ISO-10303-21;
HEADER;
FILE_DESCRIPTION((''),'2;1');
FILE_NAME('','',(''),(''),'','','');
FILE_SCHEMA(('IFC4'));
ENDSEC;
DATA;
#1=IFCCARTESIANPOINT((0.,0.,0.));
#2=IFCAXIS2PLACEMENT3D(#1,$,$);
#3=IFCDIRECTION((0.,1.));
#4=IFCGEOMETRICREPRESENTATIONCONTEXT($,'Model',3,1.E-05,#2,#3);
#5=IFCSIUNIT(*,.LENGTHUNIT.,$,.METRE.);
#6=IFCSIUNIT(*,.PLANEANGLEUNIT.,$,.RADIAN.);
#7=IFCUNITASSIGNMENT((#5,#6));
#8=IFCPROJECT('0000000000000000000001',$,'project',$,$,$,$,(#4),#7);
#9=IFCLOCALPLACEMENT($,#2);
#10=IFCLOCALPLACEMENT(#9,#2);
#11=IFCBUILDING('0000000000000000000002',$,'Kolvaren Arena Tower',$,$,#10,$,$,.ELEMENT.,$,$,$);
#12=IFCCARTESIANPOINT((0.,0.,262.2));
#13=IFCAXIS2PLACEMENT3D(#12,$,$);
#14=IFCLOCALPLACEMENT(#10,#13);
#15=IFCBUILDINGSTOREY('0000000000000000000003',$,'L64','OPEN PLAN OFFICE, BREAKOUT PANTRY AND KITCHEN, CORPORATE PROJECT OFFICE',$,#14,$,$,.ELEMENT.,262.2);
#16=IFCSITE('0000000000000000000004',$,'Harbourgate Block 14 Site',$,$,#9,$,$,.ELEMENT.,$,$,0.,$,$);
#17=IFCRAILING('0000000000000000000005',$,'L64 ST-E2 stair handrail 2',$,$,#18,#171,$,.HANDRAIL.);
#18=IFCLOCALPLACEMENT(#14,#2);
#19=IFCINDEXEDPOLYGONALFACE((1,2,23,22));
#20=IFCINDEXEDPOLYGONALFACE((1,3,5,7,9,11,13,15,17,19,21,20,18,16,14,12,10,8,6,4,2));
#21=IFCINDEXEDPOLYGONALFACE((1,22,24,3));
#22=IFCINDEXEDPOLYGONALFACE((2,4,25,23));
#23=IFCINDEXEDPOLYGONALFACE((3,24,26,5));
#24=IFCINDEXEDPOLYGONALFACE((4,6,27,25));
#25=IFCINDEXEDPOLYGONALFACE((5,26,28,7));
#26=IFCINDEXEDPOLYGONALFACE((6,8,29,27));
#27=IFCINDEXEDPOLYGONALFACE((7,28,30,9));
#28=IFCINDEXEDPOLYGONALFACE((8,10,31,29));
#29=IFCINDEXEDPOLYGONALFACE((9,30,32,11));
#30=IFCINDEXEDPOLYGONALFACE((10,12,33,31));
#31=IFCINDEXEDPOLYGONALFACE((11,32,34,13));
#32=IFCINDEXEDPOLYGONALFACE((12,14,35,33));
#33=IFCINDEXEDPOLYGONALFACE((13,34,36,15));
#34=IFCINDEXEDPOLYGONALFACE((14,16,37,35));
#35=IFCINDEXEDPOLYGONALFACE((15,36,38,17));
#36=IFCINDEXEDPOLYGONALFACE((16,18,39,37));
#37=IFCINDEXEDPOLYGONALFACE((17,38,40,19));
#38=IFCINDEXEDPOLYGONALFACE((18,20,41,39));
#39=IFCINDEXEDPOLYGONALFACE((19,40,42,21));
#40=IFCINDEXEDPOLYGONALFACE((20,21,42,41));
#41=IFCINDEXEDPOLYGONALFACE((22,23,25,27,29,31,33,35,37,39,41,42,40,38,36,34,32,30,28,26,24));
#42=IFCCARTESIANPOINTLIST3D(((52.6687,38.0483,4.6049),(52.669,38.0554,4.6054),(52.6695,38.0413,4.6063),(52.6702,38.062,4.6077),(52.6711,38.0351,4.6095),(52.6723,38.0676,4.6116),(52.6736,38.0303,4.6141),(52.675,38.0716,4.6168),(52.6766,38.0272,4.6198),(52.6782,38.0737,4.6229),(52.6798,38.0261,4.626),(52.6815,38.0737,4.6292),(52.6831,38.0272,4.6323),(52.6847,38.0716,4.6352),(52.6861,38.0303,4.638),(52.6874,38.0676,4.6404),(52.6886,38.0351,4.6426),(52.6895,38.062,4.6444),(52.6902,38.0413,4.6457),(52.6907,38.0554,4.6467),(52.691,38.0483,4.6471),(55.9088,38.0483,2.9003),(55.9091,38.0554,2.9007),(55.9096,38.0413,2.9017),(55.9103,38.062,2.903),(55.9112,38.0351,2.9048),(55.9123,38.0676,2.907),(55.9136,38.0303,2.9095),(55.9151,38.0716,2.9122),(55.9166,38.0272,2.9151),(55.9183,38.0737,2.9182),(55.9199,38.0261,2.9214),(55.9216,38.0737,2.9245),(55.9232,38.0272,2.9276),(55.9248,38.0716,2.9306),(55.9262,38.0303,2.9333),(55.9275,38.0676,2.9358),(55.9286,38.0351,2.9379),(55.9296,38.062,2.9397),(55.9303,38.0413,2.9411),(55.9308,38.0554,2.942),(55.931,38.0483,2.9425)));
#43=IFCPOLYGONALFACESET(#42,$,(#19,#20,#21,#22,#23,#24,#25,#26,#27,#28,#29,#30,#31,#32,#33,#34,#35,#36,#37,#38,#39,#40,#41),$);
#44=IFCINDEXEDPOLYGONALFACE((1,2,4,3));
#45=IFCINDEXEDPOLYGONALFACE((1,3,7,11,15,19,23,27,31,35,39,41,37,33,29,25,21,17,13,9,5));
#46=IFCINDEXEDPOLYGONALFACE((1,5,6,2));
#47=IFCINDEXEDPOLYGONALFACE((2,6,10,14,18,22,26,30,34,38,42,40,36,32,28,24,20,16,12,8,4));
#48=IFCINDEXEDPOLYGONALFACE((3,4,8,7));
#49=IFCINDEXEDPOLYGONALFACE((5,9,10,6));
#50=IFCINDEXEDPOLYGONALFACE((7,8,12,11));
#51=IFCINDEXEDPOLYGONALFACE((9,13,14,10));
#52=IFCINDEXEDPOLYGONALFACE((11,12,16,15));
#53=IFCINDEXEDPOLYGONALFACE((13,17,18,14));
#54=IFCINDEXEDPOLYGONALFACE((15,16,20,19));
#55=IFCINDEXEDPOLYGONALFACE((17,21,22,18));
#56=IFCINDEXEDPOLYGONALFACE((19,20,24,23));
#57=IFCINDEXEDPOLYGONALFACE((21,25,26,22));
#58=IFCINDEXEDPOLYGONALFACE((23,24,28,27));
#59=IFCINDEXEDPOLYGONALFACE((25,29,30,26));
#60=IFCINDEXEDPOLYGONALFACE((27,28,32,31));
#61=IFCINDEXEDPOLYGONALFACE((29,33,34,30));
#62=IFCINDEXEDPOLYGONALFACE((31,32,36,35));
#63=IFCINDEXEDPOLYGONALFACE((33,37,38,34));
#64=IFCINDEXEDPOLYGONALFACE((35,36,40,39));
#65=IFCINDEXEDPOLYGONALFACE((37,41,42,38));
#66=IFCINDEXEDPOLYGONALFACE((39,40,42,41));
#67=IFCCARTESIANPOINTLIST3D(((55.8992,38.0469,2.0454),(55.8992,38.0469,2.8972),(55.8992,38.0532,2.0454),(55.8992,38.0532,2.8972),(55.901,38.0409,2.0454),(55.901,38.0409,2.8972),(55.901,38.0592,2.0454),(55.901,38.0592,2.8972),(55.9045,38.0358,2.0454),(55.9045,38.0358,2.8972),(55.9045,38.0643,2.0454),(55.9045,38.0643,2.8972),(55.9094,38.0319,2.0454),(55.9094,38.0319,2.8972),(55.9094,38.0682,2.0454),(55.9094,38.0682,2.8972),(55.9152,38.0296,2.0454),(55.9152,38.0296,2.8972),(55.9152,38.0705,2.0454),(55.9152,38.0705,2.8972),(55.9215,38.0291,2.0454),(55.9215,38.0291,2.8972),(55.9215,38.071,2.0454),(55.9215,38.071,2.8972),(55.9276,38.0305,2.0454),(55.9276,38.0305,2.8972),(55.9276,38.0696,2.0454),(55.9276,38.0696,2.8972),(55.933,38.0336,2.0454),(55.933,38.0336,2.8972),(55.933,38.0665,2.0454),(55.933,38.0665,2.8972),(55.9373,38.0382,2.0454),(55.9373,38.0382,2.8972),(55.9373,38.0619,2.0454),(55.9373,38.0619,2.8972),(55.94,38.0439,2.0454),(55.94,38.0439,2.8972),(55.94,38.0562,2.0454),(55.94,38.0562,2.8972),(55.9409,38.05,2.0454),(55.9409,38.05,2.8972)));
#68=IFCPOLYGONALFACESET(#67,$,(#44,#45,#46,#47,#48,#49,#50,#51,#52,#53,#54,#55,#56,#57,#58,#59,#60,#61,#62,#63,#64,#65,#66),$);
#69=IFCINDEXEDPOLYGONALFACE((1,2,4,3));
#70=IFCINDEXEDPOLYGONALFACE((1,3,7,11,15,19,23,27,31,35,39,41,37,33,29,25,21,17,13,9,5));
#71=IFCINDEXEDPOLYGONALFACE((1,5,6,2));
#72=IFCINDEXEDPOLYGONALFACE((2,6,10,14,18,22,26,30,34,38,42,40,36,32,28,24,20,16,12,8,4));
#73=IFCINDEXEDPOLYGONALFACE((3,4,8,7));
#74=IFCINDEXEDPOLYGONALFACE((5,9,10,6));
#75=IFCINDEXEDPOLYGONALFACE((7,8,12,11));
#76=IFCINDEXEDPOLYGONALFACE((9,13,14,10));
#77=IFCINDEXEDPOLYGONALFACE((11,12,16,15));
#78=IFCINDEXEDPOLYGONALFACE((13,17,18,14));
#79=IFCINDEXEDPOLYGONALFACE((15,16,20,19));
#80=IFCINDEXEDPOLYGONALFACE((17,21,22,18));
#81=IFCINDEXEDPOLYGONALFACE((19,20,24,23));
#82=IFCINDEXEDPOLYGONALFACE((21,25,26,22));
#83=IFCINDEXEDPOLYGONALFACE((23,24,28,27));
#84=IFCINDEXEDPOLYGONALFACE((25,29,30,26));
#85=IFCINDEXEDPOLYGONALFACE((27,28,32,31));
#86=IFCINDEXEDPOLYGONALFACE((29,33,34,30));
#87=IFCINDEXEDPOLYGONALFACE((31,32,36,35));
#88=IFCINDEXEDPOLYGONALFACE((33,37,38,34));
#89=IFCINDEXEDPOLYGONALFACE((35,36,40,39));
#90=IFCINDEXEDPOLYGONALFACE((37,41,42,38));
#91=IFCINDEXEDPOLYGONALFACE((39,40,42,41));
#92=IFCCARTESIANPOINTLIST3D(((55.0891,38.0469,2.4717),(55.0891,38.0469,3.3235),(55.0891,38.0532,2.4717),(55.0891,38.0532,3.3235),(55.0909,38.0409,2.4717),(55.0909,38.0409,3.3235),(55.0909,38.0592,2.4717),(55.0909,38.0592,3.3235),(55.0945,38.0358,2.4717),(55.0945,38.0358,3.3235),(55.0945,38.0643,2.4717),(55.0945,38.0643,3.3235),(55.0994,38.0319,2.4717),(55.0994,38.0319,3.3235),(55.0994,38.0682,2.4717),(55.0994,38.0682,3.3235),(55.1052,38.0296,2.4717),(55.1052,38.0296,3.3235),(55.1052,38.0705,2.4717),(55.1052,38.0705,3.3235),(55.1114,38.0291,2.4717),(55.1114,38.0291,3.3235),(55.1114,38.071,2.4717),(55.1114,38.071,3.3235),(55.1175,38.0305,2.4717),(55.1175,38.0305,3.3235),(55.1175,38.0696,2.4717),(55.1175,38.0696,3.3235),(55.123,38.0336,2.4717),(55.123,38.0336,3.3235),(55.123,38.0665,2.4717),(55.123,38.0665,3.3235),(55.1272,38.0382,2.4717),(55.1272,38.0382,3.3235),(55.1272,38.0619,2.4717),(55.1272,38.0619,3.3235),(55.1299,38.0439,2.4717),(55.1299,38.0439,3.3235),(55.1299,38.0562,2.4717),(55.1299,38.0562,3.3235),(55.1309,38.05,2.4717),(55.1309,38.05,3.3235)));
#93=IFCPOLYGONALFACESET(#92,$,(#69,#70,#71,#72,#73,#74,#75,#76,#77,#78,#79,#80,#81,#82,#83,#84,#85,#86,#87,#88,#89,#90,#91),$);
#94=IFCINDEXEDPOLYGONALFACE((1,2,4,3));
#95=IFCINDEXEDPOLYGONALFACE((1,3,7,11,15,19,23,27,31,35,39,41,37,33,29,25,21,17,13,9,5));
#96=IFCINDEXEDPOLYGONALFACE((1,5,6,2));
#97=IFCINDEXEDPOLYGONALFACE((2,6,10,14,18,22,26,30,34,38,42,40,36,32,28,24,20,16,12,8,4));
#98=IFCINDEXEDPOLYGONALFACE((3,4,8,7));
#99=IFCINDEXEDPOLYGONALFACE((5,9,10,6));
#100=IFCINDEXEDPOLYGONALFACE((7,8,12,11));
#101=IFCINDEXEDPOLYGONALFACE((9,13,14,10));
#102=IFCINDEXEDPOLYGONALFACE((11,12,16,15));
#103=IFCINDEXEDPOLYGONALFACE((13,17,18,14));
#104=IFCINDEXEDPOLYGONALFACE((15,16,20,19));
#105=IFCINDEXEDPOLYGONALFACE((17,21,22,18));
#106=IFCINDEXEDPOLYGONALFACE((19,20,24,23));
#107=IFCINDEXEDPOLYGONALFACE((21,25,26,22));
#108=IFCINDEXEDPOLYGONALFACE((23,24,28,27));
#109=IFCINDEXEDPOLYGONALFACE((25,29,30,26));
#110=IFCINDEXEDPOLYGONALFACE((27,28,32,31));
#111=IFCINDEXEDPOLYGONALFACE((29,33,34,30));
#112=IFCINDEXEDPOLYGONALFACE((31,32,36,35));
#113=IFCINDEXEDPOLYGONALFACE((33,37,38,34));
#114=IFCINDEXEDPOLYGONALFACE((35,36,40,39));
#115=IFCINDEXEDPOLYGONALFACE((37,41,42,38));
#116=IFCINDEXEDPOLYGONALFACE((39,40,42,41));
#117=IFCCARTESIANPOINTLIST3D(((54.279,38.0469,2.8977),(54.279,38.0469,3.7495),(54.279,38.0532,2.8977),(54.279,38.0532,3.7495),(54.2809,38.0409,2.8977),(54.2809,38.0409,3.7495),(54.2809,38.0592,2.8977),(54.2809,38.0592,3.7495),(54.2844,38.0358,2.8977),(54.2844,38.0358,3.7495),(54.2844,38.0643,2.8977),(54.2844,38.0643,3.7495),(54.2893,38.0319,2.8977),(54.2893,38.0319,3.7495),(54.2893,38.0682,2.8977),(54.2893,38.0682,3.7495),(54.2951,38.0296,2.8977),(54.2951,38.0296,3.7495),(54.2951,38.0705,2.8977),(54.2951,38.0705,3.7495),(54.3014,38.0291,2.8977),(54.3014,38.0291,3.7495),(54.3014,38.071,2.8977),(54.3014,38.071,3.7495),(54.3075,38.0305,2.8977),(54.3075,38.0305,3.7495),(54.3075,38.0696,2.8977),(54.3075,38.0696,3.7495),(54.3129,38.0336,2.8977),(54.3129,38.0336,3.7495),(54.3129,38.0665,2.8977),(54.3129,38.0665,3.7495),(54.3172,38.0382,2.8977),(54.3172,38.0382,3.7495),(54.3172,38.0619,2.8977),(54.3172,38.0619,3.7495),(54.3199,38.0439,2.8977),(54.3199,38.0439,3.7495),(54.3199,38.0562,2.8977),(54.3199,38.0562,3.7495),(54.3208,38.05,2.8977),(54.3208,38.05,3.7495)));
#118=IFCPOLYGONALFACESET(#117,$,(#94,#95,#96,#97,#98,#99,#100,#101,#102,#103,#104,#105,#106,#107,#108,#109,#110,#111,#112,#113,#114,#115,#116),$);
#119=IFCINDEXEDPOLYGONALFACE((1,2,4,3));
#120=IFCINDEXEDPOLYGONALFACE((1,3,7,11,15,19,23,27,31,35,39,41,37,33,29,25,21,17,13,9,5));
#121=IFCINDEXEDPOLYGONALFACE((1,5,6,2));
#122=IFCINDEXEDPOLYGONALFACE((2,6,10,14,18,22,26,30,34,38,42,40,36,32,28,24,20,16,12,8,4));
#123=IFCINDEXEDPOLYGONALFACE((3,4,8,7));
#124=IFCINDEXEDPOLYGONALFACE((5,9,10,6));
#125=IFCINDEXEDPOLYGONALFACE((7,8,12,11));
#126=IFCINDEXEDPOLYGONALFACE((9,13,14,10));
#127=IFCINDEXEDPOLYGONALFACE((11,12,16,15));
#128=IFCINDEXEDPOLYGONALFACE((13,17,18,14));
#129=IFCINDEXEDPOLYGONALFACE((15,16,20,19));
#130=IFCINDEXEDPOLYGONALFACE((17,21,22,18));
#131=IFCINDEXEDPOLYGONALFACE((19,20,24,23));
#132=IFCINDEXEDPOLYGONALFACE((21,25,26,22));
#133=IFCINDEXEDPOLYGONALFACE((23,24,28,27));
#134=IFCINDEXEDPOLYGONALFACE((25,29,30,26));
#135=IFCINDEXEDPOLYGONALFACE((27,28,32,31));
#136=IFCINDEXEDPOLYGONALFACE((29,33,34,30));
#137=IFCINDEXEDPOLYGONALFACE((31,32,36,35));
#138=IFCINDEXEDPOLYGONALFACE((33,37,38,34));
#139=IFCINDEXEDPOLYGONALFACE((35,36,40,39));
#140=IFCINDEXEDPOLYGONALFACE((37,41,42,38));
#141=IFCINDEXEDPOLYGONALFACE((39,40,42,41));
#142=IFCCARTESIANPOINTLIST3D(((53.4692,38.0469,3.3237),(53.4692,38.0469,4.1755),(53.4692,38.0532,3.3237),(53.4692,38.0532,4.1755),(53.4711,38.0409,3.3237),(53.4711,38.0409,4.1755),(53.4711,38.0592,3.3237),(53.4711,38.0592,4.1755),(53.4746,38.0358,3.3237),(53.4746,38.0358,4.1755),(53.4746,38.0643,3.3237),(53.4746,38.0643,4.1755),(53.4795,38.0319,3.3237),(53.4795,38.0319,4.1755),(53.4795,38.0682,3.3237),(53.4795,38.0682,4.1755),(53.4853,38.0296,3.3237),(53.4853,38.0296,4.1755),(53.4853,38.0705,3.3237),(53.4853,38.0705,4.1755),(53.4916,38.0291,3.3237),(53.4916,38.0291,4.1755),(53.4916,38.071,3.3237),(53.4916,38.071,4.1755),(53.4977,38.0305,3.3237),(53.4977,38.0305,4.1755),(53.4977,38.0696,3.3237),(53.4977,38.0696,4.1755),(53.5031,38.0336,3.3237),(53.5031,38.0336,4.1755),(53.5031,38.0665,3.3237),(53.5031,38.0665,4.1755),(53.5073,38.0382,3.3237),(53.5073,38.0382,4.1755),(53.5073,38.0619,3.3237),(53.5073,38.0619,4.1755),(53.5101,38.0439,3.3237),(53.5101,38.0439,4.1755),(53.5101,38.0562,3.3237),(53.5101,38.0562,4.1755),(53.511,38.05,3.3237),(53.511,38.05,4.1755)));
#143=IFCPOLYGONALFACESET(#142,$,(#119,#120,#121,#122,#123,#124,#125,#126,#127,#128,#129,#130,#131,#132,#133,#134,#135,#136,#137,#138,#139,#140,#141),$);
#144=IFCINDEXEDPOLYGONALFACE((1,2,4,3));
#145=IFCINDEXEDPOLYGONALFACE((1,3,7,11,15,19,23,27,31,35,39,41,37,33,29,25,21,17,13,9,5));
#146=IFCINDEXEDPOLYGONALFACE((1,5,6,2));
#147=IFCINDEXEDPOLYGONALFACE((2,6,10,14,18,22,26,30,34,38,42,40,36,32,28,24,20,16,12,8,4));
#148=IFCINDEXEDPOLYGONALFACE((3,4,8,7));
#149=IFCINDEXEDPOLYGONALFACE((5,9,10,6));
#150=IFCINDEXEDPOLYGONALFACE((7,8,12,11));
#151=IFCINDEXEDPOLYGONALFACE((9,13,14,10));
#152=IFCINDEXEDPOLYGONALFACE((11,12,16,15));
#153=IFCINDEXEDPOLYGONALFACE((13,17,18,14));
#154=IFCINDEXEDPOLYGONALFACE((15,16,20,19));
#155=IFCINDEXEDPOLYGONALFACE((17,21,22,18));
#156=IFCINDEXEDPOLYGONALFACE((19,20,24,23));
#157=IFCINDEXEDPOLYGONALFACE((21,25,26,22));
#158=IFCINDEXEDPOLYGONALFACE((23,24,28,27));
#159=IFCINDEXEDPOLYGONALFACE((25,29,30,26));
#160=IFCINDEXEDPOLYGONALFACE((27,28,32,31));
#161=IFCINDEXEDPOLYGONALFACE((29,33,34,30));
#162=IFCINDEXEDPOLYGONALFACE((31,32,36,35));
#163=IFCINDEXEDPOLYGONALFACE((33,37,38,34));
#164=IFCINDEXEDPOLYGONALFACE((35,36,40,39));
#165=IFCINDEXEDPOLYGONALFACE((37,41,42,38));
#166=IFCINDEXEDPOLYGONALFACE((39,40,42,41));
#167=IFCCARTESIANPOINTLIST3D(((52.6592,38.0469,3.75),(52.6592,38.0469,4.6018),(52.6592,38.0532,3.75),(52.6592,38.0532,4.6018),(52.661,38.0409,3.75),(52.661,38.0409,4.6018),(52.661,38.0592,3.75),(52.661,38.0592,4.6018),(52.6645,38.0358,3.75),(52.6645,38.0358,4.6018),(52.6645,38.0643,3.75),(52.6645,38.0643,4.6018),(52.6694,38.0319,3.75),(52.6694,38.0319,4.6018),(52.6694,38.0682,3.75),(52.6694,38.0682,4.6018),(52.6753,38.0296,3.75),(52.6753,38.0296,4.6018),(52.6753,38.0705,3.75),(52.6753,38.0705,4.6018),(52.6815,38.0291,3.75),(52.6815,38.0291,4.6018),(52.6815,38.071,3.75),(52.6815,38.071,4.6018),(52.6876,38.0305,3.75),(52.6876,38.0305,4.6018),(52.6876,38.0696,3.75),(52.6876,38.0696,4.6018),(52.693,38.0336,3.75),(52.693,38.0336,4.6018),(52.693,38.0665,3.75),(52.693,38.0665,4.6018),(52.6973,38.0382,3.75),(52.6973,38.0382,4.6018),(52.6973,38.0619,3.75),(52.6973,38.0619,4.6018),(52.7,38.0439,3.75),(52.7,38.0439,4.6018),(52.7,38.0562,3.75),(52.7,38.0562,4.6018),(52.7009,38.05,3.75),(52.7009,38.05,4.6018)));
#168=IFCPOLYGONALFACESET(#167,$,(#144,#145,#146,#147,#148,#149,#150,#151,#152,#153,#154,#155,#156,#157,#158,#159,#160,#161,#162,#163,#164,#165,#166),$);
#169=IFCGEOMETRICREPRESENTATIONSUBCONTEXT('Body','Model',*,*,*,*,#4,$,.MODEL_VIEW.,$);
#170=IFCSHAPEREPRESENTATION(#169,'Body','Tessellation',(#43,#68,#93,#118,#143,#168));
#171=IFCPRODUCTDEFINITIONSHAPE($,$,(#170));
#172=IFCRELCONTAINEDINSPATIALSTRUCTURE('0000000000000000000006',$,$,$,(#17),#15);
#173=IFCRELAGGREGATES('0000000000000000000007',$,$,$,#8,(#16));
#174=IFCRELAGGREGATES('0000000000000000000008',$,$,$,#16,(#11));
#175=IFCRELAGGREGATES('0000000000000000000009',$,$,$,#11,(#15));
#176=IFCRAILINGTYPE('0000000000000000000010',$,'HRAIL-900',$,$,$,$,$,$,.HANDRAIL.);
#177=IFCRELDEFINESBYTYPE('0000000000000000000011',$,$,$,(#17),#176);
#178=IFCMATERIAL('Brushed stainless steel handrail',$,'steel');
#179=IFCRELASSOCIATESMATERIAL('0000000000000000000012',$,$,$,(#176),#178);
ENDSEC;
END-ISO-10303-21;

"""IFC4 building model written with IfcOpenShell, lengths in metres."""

from ifc_helpers import new_model, si_unit, direction, frame, origin, origin_2d, place, context, subcontext, project, spatial, circle, extrude, material, type_object, element, save


model = new_model("IFC4")

# Units and contexts
model_context = context("Model", 3, precision=1e-05, world=origin(), true_north=direction((0.0, 1.0)))
body_context = subcontext(model_context, "Body", "Model", "MODEL_VIEW")
ifc_project = project(units=[si_unit("LENGTHUNIT", "METRE"), si_unit("PLANEANGLEUNIT", "RADIAN")], contexts=[model_context])

# Site, building, storey
site_placement = place(None, origin())
site = spatial("IfcSite", under=ifc_project, at=site_placement, Name="Harbourgate Block 14 Site", CompositionType="ELEMENT", RefElevation=0.0)
building_placement = place(site_placement, origin())
building = spatial("IfcBuilding", under=site, at=building_placement, Name="Kolvaren Arena Tower", CompositionType="ELEMENT")
storey_placement = place(building_placement, frame((0.0, 0.0, 262.2)))
storey = spatial("IfcBuildingStorey", under=building, at=storey_placement, Name="L64", Description="OPEN PLAN OFFICE, BREAKOUT PANTRY AND KITCHEN, CORPORATE PROJECT OFFICE", CompositionType="ELEMENT", Elevation=262.2)

# Railing
ifc_material_1 = material(Name="Brushed stainless steel handrail", Category="steel")
railing_type_1 = type_object("IfcRailingType", Name="HRAIL-900", PredefinedType="HANDRAIL", material=ifc_material_1)
for number, where, name in (
    (1, (55.9199, 38.05, 2.0454), "L64 ST-E2 stair handrail 2"),
):
    element("IfcRailing", number, at=place(storey_placement, frame(where)), inside=storey, type_object=railing_type_1, Name=name, PredefinedType="HANDRAIL", context=body_context, shape_type="SweptSolid", body=[
        extrude(circle(Radius=0.0239, at=origin_2d()), frame((0.0, 0.0, 0.876), z_axis=(-0.884993, 0.0, 0.465604), x_axis=(0.0, -1.0, 0.0)), (0.0, 0.0, 1.0), 3.6611),
        extrude(circle(Radius=0.021, at=origin_2d()), origin(), (0.0, 0.0, 1.0), 0.8518),
        extrude(circle(Radius=0.021, at=origin_2d()), frame((-0.8101, 0.0, 0.4263)), (0.0, 0.0, 1.0), 0.8518),
        extrude(circle(Radius=0.021, at=origin_2d()), frame((-1.6201, 0.0, 0.8523)), (0.0, 0.0, 1.0), 0.8518),
        extrude(circle(Radius=0.021, at=origin_2d()), frame((-2.4299, 0.0, 1.2783)), (0.0, 0.0, 1.0), 0.8518),
        extrude(circle(Radius=0.021, at=origin_2d()), frame((-3.24, 0.0, 1.7046)), (0.0, 0.0, 1.0), 0.8518),
    ])

save(model, "model.ifc")
